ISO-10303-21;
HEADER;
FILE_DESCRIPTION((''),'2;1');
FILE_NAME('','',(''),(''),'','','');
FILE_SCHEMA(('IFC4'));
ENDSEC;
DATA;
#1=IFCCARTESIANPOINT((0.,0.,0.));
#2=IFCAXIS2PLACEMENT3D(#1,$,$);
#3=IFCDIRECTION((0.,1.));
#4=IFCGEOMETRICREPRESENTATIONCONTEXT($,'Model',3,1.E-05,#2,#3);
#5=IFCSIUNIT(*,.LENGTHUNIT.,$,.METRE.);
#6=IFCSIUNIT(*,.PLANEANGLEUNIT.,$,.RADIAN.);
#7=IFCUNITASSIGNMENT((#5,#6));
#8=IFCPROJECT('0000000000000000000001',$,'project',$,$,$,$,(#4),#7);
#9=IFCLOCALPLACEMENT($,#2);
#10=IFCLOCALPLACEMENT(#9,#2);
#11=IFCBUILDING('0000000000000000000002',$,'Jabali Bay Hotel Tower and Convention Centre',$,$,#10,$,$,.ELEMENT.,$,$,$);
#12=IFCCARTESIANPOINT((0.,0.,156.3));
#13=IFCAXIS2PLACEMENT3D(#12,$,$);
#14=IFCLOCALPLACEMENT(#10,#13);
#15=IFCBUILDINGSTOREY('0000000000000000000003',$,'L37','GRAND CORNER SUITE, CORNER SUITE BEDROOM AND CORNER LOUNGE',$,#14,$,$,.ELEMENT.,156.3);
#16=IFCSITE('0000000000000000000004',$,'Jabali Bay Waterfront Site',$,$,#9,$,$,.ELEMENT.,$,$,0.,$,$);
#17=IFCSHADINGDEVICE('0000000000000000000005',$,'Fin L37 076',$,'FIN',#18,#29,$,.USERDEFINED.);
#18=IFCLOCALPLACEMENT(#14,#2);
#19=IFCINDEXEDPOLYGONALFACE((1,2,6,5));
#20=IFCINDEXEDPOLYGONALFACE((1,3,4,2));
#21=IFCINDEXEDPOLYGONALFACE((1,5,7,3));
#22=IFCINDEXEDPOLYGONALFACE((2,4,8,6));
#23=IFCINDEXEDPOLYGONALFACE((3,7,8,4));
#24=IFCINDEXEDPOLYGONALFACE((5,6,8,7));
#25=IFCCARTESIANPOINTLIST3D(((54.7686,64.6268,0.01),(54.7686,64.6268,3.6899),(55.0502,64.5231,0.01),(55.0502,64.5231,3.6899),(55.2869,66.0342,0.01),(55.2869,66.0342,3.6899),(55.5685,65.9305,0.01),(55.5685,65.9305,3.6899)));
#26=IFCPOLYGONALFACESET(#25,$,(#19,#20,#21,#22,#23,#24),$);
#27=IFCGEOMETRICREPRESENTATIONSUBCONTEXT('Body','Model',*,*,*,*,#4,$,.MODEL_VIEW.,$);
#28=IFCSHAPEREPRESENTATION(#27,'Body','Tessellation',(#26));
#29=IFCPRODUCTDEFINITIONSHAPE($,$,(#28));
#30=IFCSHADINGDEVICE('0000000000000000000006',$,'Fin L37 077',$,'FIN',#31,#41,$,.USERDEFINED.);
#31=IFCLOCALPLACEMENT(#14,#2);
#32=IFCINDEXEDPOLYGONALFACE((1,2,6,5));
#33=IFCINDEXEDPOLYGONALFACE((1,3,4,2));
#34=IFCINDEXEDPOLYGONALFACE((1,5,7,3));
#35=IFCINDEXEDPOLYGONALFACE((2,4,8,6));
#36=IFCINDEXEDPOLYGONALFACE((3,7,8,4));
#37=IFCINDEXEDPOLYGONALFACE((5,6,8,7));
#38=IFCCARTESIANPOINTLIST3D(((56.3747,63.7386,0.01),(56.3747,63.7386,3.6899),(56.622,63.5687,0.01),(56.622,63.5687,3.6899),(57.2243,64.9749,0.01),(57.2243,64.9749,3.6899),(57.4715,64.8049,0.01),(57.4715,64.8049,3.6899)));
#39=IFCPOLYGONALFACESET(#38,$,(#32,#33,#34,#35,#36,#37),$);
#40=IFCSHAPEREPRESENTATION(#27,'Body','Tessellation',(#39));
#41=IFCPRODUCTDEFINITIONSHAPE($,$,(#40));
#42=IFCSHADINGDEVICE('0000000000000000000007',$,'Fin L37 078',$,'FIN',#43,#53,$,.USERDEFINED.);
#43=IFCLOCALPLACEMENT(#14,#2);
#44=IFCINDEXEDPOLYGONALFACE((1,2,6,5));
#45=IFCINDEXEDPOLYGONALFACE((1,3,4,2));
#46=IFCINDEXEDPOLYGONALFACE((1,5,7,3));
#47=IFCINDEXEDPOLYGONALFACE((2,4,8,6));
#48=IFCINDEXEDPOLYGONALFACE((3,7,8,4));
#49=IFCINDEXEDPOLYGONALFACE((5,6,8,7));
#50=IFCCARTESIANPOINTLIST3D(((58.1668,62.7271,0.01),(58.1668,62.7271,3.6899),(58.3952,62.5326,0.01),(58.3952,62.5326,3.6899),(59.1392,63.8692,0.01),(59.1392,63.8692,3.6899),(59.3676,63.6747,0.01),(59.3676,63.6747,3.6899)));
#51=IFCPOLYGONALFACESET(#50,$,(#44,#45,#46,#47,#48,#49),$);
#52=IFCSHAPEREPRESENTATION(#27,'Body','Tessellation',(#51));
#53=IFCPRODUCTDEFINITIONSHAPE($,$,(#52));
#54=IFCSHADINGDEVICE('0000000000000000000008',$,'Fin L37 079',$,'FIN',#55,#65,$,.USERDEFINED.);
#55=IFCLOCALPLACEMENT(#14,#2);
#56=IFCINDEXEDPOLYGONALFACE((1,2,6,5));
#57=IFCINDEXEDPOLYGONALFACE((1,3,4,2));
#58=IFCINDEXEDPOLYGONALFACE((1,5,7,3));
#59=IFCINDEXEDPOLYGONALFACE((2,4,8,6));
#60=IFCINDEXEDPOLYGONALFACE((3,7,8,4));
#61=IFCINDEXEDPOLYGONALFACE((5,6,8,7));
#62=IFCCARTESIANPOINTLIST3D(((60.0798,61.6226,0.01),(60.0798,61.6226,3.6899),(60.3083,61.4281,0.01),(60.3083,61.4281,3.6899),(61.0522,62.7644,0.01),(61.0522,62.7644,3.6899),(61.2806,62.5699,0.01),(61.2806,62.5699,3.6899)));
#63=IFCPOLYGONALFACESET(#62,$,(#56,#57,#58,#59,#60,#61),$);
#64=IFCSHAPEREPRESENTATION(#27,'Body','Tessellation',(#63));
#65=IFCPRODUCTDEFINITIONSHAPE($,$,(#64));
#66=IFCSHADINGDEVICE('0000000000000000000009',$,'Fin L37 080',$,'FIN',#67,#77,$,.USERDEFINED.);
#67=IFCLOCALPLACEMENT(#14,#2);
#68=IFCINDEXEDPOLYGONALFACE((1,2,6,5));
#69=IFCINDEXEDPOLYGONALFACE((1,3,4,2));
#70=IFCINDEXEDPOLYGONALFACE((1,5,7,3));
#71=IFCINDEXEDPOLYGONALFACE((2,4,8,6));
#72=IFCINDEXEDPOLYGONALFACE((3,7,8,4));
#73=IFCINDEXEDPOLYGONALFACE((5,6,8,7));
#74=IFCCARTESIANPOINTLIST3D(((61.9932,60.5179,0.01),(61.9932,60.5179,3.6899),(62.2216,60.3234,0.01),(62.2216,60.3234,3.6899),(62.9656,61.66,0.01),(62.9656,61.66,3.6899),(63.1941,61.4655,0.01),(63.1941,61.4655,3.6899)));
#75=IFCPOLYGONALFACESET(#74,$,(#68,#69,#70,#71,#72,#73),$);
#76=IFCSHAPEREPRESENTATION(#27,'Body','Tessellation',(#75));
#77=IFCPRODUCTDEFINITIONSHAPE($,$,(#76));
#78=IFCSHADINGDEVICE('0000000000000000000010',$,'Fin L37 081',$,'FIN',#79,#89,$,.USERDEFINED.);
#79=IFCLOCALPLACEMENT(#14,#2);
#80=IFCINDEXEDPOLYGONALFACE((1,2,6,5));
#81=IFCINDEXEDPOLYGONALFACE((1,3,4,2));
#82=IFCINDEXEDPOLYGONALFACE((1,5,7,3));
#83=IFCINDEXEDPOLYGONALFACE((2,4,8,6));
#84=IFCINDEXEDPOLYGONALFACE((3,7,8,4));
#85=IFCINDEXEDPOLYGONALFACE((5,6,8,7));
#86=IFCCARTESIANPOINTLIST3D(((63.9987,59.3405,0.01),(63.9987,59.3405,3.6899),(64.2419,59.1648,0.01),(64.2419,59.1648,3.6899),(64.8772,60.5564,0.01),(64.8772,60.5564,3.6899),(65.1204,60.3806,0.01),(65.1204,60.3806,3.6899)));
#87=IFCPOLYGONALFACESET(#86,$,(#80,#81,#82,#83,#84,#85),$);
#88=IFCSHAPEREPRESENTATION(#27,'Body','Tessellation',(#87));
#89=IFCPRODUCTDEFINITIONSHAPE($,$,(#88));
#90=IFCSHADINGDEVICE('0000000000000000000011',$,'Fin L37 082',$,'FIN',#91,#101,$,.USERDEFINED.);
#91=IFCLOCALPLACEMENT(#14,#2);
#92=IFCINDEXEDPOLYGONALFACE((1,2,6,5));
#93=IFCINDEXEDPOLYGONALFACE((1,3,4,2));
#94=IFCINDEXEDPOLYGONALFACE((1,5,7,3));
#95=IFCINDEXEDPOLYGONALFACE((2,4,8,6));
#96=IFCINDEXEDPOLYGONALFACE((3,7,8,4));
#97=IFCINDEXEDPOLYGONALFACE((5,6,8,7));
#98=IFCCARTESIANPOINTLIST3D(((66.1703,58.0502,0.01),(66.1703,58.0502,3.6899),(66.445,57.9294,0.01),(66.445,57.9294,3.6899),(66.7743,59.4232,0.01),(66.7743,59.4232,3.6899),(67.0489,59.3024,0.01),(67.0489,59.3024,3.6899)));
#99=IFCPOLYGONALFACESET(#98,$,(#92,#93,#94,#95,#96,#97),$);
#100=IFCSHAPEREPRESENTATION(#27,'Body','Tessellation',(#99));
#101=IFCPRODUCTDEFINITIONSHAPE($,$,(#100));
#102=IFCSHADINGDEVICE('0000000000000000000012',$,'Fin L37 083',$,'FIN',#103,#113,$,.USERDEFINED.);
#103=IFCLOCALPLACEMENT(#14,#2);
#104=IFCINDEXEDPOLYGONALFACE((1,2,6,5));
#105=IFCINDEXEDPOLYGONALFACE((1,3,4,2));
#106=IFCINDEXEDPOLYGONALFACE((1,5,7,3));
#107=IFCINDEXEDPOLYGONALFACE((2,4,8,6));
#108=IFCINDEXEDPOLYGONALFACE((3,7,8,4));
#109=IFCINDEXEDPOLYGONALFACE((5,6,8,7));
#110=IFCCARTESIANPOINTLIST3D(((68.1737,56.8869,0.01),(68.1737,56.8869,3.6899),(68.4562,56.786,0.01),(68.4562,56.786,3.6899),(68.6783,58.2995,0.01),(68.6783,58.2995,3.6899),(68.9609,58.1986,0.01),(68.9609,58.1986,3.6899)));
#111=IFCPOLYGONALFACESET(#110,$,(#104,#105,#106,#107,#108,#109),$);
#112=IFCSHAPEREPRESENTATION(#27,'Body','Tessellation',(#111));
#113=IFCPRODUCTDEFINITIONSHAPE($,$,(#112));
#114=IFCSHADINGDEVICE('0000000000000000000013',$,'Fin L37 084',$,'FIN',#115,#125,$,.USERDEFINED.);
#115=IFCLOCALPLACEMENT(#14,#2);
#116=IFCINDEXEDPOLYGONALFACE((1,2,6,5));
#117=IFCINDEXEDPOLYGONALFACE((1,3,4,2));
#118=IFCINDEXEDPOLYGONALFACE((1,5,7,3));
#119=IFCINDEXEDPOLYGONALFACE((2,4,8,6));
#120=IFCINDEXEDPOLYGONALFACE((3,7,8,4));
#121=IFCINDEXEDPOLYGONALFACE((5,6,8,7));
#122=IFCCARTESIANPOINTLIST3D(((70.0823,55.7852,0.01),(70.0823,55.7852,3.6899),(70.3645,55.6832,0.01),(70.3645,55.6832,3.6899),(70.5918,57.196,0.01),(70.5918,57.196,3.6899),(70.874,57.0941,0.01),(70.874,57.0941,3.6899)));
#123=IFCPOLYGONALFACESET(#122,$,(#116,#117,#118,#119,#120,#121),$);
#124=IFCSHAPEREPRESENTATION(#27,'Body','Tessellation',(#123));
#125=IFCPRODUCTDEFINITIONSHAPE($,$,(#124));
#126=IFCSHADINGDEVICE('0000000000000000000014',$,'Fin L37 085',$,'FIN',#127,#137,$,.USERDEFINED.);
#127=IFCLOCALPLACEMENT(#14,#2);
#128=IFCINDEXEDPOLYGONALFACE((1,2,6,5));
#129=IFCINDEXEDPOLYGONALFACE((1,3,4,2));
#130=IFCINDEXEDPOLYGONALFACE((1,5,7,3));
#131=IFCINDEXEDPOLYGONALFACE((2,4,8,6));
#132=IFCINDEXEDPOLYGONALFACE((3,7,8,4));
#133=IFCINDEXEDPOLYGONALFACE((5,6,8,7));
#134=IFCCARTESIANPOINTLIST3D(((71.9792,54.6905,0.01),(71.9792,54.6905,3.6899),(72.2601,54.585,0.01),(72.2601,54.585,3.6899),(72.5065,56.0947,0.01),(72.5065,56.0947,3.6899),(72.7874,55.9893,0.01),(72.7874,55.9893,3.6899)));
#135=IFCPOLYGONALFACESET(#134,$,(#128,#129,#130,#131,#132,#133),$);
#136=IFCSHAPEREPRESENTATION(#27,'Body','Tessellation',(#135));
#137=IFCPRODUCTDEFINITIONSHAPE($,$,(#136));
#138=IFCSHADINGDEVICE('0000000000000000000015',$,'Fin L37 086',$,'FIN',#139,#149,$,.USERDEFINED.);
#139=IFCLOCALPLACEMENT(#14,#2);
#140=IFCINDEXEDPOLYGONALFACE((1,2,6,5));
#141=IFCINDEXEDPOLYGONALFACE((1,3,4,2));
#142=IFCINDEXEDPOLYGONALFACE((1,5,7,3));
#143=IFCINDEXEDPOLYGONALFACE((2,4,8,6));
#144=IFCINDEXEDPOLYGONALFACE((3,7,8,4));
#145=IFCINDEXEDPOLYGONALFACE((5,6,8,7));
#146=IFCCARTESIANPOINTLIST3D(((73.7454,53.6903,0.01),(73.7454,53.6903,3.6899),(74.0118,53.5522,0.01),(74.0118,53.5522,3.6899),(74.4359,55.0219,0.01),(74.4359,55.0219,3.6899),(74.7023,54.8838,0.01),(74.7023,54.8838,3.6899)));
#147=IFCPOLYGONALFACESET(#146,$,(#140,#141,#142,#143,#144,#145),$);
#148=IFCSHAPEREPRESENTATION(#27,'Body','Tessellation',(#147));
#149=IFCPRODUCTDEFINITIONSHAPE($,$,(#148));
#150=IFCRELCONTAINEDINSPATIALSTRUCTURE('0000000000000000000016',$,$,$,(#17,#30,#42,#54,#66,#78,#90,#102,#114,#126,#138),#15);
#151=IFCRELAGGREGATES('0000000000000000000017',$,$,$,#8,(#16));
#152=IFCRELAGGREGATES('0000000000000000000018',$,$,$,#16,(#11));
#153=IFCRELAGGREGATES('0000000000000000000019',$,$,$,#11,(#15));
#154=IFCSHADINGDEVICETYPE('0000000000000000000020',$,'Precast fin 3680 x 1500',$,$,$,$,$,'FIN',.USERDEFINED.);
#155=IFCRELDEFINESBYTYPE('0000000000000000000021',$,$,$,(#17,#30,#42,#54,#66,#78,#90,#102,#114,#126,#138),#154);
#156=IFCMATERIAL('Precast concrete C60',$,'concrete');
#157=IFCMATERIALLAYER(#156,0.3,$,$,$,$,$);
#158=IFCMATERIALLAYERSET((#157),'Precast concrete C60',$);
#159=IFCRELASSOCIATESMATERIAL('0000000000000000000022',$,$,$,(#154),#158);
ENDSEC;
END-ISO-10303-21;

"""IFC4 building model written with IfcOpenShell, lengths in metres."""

from ifc_helpers import new_model, si_unit, direction, frame, frame_2d, origin, place, context, subcontext, project, spatial, rectangle, extrude, material, layer, layer_set, type_object, element, save


model = new_model("IFC4")

# Units and contexts
model_context = context("Model", 3, precision=1e-05, world=origin(), true_north=direction((0.0, 1.0)))
body_context = subcontext(model_context, "Body", "Model", "MODEL_VIEW")
ifc_project = project(units=[si_unit("LENGTHUNIT", "METRE"), si_unit("PLANEANGLEUNIT", "RADIAN")], contexts=[model_context])

# Site, building, storey
site_placement = place(None, origin())
site = spatial("IfcSite", under=ifc_project, at=site_placement, Name="Jabali Bay Waterfront Site", CompositionType="ELEMENT", RefElevation=0.0)
building_placement = place(site_placement, origin())
building = spatial("IfcBuilding", under=site, at=building_placement, Name="Jabali Bay Hotel Tower and Convention Centre", CompositionType="ELEMENT")
storey_placement = place(building_placement, frame((0.0, 0.0, 156.3)))
storey = spatial("IfcBuildingStorey", under=building, at=storey_placement, Name="L37", Description="GRAND CORNER SUITE, CORNER SUITE BEDROOM AND CORNER LOUNGE", CompositionType="ELEMENT", Elevation=156.3)

# Shading devices
ifc_material_1 = material(Name="Precast concrete C60", Category="concrete")
ifc_layer_1 = layer(ifc_material_1, 0.3)
ifc_layer_set_1 = layer_set([ifc_layer_1], Name="Precast concrete C60")
shading_device_type_1 = type_object("IfcShadingDeviceType", Name="Precast fin 3680 x 1500", ElementType="FIN", PredefinedType="USERDEFINED", material=ifc_layer_set_1)
shading_device_1_placement = place(storey_placement, frame((55.4277, 65.9824, 0.01), z_axis=(0.0, 0.0, 1.0), x_axis=(-0.34557, -0.938393, 0.0)))
element("IfcShadingDevice", 1, at=shading_device_1_placement, inside=storey, type_object=shading_device_type_1, Name="Fin L37 076", ObjectType="FIN", PredefinedType="USERDEFINED", context=body_context, shape_type="SweptSolid", body=[
    extrude(rectangle(XDim=1.4998, YDim=0.3, at=frame_2d((0.75, 0.0))), origin(), (0.0, 0.0, 1.0), 3.6799),
])
for number, where, z_axis, x_axis, name in (
    (2, (57.3479, 64.8899, 0.01), (0.0, 0.0, 1.0), (-0.566363, -0.824156, 0.0), "Fin L37 077"),
    (3, (59.2534, 63.772, 0.01), (0.0, 0.0, 1.0), (-0.648281, -0.761401, 0.0), "Fin L37 078"),
):
    element("IfcShadingDevice", number, at=place(storey_placement, frame(where, z_axis=z_axis, x_axis=x_axis)), inside=storey, type_object=shading_device_type_1, Name=name, ObjectType="FIN", PredefinedType="USERDEFINED", context=body_context, shape_type="SweptSolid", body=[
        extrude(rectangle(XDim=1.5, YDim=0.3, at=frame_2d((0.75, 0.0))), origin(), (0.0, 0.0, 1.0), 3.6799),
    ])
shading_device_2_placement = place(storey_placement, frame((61.1665, 62.6672, 0.01), z_axis=(0.0, 0.0, 1.0), x_axis=(-0.648362, -0.761333, 0.0)))
element("IfcShadingDevice", 4, at=shading_device_2_placement, inside=storey, type_object=shading_device_type_1, Name="Fin L37 079", ObjectType="FIN", PredefinedType="USERDEFINED", context=body_context, shape_type="SweptSolid", body=[
    extrude(rectangle(XDim=1.4998, YDim=0.3, at=frame_2d((0.75, 0.0))), origin(), (0.0, 0.0, 1.0), 3.6799),
])
for number, where, z_axis, x_axis, name in (
    (5, (63.0798, 61.5627, 0.01), (0.0, 0.0, 1.0), (-0.648281, -0.761401, 0.0), "Fin L37 080"),
    (6, (64.9988, 60.4685, 0.01), (0.0, 0.0, 1.0), (-0.585633, -0.810576, 0.0), "Fin L37 081"),
    (7, (66.9116, 59.3628, 0.01), (0.0, 0.0, 1.0), (-0.402662, -0.915349, 0.0), "Fin L37 082"),
    (8, (68.8196, 58.249, 0.01), (0.0, 0.0, 1.0), (-0.336419, -0.941712, 0.0), "Fin L37 083"),
    (9, (70.7329, 57.145, 0.01), (0.0, 0.0, 1.0), (-0.339664, -0.940547, 0.0), "Fin L37 084"),
    (10, (72.647, 56.042, 0.01), (0.0, 0.0, 1.0), (-0.351551, -0.936169, 0.0), "Fin L37 085"),
    (11, (74.5691, 54.9529, 0.01), (0.0, 0.0, 1.0), (-0.460317, -0.887755, 0.0), "Fin L37 086"),
):
    element("IfcShadingDevice", number, at=place(storey_placement, frame(where, z_axis=z_axis, x_axis=x_axis)), inside=storey, type_object=shading_device_type_1, Name=name, ObjectType="FIN", PredefinedType="USERDEFINED", context=body_context, shape_type="SweptSolid", body=[
        extrude(rectangle(XDim=1.5, YDim=0.3, at=frame_2d((0.75, 0.0))), origin(), (0.0, 0.0, 1.0), 3.6799),
    ])

save(model, "model.ifc")
